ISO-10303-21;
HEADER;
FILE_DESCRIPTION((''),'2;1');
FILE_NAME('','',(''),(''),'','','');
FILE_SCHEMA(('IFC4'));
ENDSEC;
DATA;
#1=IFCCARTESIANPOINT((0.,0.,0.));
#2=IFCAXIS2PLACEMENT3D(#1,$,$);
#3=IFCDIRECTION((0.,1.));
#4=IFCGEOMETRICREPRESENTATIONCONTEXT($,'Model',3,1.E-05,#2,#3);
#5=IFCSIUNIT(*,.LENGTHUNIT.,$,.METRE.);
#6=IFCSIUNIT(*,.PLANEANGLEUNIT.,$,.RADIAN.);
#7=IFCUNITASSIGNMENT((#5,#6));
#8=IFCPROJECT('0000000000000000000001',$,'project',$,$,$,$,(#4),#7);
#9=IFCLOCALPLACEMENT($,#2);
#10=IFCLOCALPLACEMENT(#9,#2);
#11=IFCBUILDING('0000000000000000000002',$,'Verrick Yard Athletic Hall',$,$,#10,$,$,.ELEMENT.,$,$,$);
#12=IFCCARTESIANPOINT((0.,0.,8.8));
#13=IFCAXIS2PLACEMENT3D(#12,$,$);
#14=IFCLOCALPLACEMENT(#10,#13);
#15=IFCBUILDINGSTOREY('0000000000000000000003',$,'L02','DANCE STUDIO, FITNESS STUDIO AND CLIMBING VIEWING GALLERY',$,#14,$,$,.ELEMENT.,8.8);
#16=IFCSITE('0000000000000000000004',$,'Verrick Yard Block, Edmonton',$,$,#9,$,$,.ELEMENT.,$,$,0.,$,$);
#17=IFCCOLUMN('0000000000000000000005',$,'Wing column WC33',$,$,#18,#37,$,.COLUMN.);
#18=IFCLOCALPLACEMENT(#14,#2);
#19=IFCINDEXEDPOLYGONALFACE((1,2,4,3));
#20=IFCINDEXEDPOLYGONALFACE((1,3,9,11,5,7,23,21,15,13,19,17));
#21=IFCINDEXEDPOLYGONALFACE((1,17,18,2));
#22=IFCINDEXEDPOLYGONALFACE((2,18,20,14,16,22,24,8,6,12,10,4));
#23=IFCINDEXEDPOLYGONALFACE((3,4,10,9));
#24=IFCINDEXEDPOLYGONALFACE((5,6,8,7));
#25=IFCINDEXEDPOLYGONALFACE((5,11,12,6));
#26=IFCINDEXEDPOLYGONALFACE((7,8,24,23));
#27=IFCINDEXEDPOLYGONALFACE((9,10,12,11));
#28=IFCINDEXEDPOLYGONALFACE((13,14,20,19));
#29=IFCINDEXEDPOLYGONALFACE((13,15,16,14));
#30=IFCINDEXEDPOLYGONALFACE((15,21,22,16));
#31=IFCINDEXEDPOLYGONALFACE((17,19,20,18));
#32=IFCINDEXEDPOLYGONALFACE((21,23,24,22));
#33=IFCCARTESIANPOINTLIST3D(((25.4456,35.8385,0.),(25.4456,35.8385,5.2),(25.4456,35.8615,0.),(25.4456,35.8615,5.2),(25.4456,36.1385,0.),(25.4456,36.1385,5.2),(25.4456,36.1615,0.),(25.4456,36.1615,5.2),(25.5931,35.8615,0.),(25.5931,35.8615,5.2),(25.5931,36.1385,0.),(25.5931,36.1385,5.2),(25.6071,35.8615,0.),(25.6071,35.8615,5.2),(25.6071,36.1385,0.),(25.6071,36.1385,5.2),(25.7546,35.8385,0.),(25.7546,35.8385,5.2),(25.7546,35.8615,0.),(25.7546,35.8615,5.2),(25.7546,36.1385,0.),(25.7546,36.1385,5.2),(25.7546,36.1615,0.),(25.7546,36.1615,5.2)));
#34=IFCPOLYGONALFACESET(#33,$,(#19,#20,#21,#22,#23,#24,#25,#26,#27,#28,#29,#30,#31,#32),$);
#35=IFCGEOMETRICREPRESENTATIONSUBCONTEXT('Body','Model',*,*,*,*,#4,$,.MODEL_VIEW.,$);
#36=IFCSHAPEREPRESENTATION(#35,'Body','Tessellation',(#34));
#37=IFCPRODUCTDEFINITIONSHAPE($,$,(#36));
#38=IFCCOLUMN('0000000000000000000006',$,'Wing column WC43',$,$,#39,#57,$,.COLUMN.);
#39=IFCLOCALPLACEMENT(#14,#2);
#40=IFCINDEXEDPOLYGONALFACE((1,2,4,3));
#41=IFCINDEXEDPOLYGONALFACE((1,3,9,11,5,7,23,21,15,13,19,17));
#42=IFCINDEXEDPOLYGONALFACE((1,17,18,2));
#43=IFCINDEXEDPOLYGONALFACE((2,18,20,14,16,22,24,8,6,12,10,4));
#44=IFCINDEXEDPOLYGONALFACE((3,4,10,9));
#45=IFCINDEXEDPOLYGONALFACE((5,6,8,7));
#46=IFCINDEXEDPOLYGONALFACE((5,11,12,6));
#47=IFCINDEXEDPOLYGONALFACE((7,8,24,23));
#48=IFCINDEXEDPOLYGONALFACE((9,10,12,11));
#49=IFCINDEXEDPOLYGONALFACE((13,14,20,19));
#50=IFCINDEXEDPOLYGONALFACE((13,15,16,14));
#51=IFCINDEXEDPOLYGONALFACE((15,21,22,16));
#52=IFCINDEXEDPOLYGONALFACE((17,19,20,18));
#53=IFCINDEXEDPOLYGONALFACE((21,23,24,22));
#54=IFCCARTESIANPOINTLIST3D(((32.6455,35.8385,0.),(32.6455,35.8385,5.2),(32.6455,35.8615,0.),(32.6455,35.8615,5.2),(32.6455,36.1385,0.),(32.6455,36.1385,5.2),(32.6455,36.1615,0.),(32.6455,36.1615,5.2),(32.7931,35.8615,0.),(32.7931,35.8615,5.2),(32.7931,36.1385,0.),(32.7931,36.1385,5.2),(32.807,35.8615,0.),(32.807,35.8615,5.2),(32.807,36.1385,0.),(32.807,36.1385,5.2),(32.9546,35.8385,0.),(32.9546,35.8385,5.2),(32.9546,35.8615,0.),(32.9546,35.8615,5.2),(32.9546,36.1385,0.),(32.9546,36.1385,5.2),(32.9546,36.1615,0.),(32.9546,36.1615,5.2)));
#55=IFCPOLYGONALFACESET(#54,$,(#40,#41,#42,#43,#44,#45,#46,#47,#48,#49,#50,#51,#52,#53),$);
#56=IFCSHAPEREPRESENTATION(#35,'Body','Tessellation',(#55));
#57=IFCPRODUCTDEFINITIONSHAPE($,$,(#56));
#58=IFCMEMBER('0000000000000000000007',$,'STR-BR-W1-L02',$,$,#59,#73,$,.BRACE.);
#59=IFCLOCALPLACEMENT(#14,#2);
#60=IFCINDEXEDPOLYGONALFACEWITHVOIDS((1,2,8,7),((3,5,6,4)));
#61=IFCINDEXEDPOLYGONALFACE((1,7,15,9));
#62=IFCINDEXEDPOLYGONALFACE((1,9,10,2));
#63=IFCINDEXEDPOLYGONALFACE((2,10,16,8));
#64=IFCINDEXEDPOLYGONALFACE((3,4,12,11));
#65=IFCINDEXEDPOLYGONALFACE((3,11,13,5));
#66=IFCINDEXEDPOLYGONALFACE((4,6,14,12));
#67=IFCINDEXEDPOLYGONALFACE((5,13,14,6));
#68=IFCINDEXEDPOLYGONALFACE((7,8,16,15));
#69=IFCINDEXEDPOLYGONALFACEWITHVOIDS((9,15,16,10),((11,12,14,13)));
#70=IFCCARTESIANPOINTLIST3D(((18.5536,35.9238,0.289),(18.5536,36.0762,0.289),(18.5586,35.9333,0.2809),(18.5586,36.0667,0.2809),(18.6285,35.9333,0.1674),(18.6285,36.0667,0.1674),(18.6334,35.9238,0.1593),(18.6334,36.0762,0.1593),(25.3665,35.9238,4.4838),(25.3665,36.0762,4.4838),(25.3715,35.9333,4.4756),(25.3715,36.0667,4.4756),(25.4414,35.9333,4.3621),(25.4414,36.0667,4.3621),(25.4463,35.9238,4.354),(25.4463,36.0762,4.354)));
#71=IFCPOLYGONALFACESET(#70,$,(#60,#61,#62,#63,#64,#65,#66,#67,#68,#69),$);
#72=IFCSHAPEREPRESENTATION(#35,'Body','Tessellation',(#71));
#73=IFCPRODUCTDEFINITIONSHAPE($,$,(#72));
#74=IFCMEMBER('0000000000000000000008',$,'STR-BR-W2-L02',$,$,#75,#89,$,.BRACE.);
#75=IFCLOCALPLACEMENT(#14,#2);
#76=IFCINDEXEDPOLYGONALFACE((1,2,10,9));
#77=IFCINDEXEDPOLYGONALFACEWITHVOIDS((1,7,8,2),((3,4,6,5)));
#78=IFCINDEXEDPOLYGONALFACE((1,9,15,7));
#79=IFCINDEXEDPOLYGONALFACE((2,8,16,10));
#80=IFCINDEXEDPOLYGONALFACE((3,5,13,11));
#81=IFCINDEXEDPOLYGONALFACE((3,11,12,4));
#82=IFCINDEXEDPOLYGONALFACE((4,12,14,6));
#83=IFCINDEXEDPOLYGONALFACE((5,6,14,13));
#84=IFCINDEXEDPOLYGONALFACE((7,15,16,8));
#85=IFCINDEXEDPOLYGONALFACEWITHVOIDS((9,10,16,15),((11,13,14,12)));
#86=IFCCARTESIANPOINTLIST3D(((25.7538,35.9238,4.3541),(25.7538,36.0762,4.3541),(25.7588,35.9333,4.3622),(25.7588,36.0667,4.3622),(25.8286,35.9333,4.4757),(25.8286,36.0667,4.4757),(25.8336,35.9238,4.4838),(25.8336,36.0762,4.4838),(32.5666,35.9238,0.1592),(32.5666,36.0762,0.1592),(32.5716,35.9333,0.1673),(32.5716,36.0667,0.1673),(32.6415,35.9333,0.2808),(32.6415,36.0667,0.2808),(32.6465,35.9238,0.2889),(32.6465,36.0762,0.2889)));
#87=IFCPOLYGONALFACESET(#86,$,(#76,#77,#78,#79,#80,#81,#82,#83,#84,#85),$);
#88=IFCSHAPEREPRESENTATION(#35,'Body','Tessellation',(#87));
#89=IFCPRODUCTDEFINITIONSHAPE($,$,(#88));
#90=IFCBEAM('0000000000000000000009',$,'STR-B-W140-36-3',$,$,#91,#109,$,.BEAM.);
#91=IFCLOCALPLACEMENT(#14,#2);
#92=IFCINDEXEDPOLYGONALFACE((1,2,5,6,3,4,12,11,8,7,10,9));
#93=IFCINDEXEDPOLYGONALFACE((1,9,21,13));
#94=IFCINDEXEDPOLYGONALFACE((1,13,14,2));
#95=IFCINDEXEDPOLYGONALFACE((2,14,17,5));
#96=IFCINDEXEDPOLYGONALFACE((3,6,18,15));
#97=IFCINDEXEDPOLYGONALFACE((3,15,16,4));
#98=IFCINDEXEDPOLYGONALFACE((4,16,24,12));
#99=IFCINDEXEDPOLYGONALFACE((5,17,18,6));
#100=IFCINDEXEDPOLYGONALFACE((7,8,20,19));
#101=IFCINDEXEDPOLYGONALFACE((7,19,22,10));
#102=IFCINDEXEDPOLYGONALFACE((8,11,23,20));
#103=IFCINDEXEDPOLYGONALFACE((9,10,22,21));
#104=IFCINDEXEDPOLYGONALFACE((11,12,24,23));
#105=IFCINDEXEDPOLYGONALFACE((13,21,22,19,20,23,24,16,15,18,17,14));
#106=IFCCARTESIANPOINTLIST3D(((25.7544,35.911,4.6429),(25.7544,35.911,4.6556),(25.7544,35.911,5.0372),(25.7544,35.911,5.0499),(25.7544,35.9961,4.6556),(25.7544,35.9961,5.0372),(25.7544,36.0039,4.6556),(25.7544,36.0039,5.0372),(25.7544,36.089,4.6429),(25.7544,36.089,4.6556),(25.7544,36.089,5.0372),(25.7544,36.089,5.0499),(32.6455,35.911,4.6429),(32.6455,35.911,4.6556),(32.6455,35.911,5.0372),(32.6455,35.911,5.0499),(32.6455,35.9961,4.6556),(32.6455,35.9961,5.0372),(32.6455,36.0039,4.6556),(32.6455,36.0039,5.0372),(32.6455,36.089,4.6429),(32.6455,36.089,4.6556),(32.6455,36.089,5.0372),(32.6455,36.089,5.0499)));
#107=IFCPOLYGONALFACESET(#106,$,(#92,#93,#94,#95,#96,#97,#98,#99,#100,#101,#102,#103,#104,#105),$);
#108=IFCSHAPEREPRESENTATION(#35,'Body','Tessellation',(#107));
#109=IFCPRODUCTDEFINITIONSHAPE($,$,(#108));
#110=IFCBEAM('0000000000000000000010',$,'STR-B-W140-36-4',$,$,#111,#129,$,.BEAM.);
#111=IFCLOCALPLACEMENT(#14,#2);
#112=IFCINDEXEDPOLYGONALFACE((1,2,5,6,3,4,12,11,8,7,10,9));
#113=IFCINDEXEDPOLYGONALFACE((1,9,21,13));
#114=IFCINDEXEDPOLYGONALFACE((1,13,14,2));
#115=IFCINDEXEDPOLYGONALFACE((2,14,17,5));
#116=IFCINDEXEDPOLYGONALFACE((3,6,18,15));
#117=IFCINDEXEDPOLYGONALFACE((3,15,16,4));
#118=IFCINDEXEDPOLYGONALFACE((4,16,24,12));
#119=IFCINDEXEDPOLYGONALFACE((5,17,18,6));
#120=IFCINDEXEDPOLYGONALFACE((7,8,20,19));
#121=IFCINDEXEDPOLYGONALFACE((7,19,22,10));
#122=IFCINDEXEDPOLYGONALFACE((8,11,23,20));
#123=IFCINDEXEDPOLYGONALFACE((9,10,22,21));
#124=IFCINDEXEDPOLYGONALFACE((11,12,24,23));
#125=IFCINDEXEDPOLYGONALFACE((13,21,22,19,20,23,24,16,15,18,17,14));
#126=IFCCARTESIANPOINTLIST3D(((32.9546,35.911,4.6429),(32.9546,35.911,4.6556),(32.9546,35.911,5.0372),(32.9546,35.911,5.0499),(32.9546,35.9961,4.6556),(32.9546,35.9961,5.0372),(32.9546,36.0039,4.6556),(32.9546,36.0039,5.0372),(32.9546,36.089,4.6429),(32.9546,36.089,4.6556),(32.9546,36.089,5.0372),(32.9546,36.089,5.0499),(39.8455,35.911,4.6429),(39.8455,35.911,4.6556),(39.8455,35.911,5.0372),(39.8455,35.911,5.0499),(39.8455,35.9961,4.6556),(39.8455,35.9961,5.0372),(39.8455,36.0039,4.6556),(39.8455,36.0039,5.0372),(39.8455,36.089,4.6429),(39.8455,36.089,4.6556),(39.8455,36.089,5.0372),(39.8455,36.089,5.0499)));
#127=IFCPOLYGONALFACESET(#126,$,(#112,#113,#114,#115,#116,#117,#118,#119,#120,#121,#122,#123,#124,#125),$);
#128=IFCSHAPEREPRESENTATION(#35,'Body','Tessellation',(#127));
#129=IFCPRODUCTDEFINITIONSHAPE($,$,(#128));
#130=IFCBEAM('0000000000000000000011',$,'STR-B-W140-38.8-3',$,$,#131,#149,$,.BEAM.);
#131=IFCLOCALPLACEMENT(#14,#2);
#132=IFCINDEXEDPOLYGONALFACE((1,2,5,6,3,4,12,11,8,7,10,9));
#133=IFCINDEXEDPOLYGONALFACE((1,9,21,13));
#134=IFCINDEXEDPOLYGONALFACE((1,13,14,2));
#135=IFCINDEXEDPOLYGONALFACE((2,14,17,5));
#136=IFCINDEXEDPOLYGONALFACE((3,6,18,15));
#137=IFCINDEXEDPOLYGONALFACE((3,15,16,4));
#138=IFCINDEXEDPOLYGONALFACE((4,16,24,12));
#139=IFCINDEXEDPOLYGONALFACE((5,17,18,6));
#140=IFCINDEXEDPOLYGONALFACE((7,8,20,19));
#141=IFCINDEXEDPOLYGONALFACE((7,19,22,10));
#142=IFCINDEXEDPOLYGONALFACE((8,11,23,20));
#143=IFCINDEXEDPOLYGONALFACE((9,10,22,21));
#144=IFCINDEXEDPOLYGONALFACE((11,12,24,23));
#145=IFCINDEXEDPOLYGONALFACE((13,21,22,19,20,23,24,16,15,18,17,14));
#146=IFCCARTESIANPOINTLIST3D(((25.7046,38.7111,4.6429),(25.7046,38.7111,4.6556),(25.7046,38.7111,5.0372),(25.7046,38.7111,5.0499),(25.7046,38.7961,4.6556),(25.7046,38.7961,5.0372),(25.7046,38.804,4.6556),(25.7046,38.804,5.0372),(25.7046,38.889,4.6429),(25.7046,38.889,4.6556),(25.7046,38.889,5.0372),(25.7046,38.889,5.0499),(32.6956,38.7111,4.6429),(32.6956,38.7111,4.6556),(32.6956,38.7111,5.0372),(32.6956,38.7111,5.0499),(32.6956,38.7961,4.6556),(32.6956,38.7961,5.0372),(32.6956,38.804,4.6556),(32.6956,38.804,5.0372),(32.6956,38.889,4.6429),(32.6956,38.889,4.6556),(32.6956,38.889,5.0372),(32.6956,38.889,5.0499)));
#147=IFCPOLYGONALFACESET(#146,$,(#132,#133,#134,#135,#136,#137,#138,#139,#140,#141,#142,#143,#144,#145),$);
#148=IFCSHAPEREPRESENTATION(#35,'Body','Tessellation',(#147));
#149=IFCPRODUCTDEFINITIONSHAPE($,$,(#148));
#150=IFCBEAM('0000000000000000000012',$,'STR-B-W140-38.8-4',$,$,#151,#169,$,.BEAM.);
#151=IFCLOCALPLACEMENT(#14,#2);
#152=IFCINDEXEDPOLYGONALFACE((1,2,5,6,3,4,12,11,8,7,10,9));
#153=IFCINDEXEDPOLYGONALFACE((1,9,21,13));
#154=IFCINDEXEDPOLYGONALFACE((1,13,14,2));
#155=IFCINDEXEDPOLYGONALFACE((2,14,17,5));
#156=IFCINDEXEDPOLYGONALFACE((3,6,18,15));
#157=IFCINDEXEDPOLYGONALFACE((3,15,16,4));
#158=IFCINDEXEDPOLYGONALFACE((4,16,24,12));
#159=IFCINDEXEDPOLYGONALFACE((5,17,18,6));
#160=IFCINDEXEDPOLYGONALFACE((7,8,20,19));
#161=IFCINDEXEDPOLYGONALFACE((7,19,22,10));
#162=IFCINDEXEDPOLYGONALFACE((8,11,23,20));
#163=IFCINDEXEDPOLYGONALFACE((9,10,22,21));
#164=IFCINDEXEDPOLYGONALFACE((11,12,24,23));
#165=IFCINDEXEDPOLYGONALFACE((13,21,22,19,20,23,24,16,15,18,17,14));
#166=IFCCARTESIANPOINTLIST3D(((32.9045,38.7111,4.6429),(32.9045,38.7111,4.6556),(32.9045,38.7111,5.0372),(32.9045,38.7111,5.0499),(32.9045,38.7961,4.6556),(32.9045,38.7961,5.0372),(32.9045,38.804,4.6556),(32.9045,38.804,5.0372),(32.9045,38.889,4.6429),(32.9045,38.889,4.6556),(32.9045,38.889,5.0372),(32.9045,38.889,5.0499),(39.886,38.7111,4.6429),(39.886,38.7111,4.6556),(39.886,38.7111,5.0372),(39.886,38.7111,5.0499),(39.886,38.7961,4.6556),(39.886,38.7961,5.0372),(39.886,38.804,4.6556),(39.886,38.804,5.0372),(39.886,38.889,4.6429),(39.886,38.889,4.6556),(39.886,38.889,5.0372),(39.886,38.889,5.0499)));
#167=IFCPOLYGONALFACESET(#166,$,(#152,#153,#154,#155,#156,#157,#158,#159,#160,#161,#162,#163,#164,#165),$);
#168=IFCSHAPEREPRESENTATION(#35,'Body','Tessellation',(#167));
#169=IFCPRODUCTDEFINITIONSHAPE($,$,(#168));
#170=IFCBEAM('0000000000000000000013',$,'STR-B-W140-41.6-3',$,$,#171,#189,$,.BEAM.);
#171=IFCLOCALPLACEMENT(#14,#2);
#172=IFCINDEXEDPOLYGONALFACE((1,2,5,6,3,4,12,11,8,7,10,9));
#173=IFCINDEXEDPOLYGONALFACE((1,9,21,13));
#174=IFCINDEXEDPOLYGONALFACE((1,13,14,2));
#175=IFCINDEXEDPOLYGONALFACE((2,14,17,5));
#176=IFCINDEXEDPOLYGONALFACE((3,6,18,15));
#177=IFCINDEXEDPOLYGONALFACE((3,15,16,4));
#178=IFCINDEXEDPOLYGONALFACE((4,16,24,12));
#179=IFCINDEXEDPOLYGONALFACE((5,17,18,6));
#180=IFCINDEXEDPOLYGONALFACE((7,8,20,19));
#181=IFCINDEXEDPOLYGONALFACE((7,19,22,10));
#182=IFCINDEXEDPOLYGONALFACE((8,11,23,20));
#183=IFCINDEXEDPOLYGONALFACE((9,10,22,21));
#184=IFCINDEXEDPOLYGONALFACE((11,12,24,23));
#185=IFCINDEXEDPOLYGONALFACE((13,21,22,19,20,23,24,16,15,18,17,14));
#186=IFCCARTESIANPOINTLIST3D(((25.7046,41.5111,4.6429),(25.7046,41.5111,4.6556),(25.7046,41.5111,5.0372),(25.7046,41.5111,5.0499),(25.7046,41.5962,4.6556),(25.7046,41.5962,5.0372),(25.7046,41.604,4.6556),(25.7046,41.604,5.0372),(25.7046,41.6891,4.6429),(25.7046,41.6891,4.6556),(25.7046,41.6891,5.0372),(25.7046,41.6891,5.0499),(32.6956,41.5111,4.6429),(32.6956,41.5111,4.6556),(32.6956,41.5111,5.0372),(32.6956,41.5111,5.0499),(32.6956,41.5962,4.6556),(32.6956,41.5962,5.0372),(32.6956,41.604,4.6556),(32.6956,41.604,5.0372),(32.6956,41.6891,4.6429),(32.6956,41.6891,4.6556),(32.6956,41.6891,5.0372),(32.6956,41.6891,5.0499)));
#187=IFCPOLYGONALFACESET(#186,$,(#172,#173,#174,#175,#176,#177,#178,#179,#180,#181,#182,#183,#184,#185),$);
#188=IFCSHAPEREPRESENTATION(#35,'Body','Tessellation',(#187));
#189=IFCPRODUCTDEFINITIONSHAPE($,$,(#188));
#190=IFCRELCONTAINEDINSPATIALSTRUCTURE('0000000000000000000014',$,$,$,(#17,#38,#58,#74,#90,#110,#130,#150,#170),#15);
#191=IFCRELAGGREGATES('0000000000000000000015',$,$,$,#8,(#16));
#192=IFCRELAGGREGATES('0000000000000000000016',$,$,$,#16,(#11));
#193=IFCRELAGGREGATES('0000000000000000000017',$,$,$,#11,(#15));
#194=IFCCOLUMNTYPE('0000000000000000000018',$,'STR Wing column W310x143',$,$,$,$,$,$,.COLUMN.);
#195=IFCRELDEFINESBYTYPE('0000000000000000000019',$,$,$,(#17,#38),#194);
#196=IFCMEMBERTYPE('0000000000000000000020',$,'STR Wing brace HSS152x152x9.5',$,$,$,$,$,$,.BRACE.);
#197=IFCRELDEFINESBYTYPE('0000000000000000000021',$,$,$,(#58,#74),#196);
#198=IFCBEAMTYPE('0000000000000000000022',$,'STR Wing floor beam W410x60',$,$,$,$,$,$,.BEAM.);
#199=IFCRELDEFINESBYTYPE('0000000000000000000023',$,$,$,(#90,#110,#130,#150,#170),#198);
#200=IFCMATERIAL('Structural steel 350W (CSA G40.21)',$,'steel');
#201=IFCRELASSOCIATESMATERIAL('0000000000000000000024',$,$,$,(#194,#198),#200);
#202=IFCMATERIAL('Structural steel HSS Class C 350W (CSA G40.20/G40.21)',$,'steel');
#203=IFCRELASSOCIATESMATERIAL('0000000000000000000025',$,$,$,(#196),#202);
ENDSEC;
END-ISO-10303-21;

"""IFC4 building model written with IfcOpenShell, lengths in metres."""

from ifc_helpers import new_model, si_unit, direction, frame, origin, origin_2d, place, context, subcontext, project, spatial, hollow_rectangle, i_section, extrude, material, material_profile, profile_set, type_object, element, save


model = new_model("IFC4")

# Units and contexts
model_context = context("Model", 3, precision=1e-05, world=origin(), true_north=direction((0.0, 1.0)))
body_context = subcontext(model_context, "Body", "Model", "MODEL_VIEW")
ifc_project = project(units=[si_unit("LENGTHUNIT", "METRE"), si_unit("PLANEANGLEUNIT", "RADIAN")], contexts=[model_context])

# Site, building, storey
site_placement = place(None, origin())
site = spatial("IfcSite", under=ifc_project, at=site_placement, Name="Verrick Yard Block, Edmonton", CompositionType="ELEMENT", RefElevation=0.0)
building_placement = place(site_placement, origin())
building = spatial("IfcBuilding", under=site, at=building_placement, Name="Verrick Yard Athletic Hall", CompositionType="ELEMENT")
storey_placement = place(building_placement, frame((0.0, 0.0, 8.8)))
storey = spatial("IfcBuildingStorey", under=building, at=storey_placement, Name="L02", Description="DANCE STUDIO, FITNESS STUDIO AND CLIMBING VIEWING GALLERY", CompositionType="ELEMENT", Elevation=8.8)

# Columns
ifc_material_1 = material(Name="Structural steel 350W (CSA G40.21)", Category="steel")
ifc_material_profile_1 = material_profile(ifc_material_1, i_section(OverallWidth=0.3091, OverallDepth=0.323, WebThickness=0.0139, FlangeThickness=0.0229, at=origin_2d()), Name="W310x143")
ifc_profile_set_1 = profile_set([ifc_material_profile_1], Name="Structural steel 350W (CSA G40.21)")
column_type = type_object("IfcColumnType", Name="STR Wing column W310x143", PredefinedType="COLUMN", material=ifc_profile_set_1)
for number, where, z_axis, x_axis, name in (
    (1, (25.6001, 36.0, 0.0), (0.0, 0.0, 1.0), (1.0, 0.0, 0.0), "Wing column WC33"),
    (2, (32.8, 36.0, 0.0), (0.0, 0.0, 1.0), (1.0, 0.0, 0.0), "Wing column WC43"),
):
    element("IfcColumn", number, at=place(storey_placement, frame(where, z_axis=z_axis, x_axis=x_axis)), inside=storey, type_object=column_type, Name=name, PredefinedType="COLUMN", context=body_context, shape_type="SweptSolid", body=[
        extrude(i_section(OverallWidth=0.3091, OverallDepth=0.323, WebThickness=0.0139, FlangeThickness=0.0229, at=origin_2d()), origin(), (0.0, 0.0, 1.0), 5.2),
    ])

# Members
ifc_material_2 = material(Name="Structural steel HSS Class C 350W (CSA G40.20/G40.21)", Category="steel")
ifc_material_profile_2 = material_profile(ifc_material_2, hollow_rectangle(XDim=0.1523, YDim=0.1523, WallThickness=0.0095, at=origin_2d()), Name="HSS152x152x9.5")
ifc_profile_set_2 = profile_set([ifc_material_profile_2], Name="Structural steel HSS Class C 350W (CSA G40.20/G40.21)")
member_type = type_object("IfcMemberType", Name="STR Wing brace HSS152x152x9.5", PredefinedType="BRACE", material=ifc_profile_set_2)
for number, where, z_axis, x_axis, name in (
    (3, (18.5935, 36.0, 0.2241), (0.851535, 0.0, 0.524298), (0.0, 1.0, 0.0), "STR-BR-W1-L02"),
    (4, (25.7937, 36.0, 4.4189), (0.851526, 0.0, -0.524312), (0.0, 1.0, 0.0), "STR-BR-W2-L02"),
):
    element("IfcMember", number, at=place(storey_placement, frame(where, z_axis=z_axis, x_axis=x_axis)), inside=storey, type_object=member_type, Name=name, PredefinedType="BRACE", context=body_context, shape_type="SweptSolid", body=[
        extrude(hollow_rectangle(XDim=0.1523, YDim=0.1523, WallThickness=0.0095, at=origin_2d()), origin(), (0.0, 0.0, 1.0), 8.0007),
    ])

# Beams
ifc_material_profile_3 = material_profile(ifc_material_1, i_section(OverallWidth=0.178, OverallDepth=0.407, WebThickness=0.0078, FlangeThickness=0.0127, at=origin_2d()), Name="W410x60")
ifc_profile_set_3 = profile_set([ifc_material_profile_3], Name="Structural steel 350W (CSA G40.21)")
beam_type_1 = type_object("IfcBeamType", Name="STR Wing floor beam W410x60", PredefinedType="BEAM", material=ifc_profile_set_3)
beam_1_placement = place(storey_placement, frame((25.7544, 36.0, 4.8464), z_axis=(1.0, 0.0, 0.0), x_axis=(0.0, 1.0, 0.0)))
element("IfcBeam", 5, at=beam_1_placement, inside=storey, type_object=beam_type_1, Name="STR-B-W140-36-3", PredefinedType="BEAM", context=body_context, shape_type="SweptSolid", body=[
    extrude(i_section(OverallWidth=0.178, OverallDepth=0.407, WebThickness=0.0078, FlangeThickness=0.0127, at=origin_2d()), origin(), (0.0, 0.0, 1.0), 6.8911),
])
beam_2_placement = place(storey_placement, frame((32.9546, 36.0, 4.8464), z_axis=(1.0, 0.0, 0.0), x_axis=(0.0, 1.0, 0.0)))
element("IfcBeam", 6, at=beam_2_placement, inside=storey, type_object=beam_type_1, Name="STR-B-W140-36-4", PredefinedType="BEAM", context=body_context, shape_type="SweptSolid", body=[
    extrude(i_section(OverallWidth=0.178, OverallDepth=0.407, WebThickness=0.0078, FlangeThickness=0.0127, at=origin_2d()), origin(), (0.0, 0.0, 1.0), 6.8909),
])
beam_3_placement = place(storey_placement, frame((25.7046, 38.8, 4.8464), z_axis=(1.0, 0.0, 0.0), x_axis=(0.0, 1.0, 0.0)))
element("IfcBeam", 7, at=beam_3_placement, inside=storey, type_object=beam_type_1, Name="STR-B-W140-38.8-3", PredefinedType="BEAM", context=body_context, shape_type="SweptSolid", body=[
    extrude(i_section(OverallWidth=0.178, OverallDepth=0.407, WebThickness=0.0078, FlangeThickness=0.0127, at=origin_2d()), origin(), (0.0, 0.0, 1.0), 6.991),
])
beam_4_placement = place(storey_placement, frame((32.9045, 38.8, 4.8464), z_axis=(1.0, 0.0, 0.0), x_axis=(0.0, 1.0, 0.0)))
element("IfcBeam", 8, at=beam_4_placement, inside=storey, type_object=beam_type_1, Name="STR-B-W140-38.8-4", PredefinedType="BEAM", context=body_context, shape_type="SweptSolid", body=[
    extrude(i_section(OverallWidth=0.178, OverallDepth=0.407, WebThickness=0.0078, FlangeThickness=0.0127, at=origin_2d()), origin(), (0.0, 0.0, 1.0), 6.9814),
])
beam_5_placement = place(storey_placement, frame((25.7046, 41.6001, 4.8464), z_axis=(1.0, 0.0, 0.0), x_axis=(0.0, 1.0, 0.0)))
element("IfcBeam", 9, at=beam_5_placement, inside=storey, type_object=beam_type_1, Name="STR-B-W140-41.6-3", PredefinedType="BEAM", context=body_context, shape_type="SweptSolid", body=[
    extrude(i_section(OverallWidth=0.178, OverallDepth=0.407, WebThickness=0.0078, FlangeThickness=0.0127, at=origin_2d()), origin(), (0.0, 0.0, 1.0), 6.991),
])

save(model, "model.ifc")
